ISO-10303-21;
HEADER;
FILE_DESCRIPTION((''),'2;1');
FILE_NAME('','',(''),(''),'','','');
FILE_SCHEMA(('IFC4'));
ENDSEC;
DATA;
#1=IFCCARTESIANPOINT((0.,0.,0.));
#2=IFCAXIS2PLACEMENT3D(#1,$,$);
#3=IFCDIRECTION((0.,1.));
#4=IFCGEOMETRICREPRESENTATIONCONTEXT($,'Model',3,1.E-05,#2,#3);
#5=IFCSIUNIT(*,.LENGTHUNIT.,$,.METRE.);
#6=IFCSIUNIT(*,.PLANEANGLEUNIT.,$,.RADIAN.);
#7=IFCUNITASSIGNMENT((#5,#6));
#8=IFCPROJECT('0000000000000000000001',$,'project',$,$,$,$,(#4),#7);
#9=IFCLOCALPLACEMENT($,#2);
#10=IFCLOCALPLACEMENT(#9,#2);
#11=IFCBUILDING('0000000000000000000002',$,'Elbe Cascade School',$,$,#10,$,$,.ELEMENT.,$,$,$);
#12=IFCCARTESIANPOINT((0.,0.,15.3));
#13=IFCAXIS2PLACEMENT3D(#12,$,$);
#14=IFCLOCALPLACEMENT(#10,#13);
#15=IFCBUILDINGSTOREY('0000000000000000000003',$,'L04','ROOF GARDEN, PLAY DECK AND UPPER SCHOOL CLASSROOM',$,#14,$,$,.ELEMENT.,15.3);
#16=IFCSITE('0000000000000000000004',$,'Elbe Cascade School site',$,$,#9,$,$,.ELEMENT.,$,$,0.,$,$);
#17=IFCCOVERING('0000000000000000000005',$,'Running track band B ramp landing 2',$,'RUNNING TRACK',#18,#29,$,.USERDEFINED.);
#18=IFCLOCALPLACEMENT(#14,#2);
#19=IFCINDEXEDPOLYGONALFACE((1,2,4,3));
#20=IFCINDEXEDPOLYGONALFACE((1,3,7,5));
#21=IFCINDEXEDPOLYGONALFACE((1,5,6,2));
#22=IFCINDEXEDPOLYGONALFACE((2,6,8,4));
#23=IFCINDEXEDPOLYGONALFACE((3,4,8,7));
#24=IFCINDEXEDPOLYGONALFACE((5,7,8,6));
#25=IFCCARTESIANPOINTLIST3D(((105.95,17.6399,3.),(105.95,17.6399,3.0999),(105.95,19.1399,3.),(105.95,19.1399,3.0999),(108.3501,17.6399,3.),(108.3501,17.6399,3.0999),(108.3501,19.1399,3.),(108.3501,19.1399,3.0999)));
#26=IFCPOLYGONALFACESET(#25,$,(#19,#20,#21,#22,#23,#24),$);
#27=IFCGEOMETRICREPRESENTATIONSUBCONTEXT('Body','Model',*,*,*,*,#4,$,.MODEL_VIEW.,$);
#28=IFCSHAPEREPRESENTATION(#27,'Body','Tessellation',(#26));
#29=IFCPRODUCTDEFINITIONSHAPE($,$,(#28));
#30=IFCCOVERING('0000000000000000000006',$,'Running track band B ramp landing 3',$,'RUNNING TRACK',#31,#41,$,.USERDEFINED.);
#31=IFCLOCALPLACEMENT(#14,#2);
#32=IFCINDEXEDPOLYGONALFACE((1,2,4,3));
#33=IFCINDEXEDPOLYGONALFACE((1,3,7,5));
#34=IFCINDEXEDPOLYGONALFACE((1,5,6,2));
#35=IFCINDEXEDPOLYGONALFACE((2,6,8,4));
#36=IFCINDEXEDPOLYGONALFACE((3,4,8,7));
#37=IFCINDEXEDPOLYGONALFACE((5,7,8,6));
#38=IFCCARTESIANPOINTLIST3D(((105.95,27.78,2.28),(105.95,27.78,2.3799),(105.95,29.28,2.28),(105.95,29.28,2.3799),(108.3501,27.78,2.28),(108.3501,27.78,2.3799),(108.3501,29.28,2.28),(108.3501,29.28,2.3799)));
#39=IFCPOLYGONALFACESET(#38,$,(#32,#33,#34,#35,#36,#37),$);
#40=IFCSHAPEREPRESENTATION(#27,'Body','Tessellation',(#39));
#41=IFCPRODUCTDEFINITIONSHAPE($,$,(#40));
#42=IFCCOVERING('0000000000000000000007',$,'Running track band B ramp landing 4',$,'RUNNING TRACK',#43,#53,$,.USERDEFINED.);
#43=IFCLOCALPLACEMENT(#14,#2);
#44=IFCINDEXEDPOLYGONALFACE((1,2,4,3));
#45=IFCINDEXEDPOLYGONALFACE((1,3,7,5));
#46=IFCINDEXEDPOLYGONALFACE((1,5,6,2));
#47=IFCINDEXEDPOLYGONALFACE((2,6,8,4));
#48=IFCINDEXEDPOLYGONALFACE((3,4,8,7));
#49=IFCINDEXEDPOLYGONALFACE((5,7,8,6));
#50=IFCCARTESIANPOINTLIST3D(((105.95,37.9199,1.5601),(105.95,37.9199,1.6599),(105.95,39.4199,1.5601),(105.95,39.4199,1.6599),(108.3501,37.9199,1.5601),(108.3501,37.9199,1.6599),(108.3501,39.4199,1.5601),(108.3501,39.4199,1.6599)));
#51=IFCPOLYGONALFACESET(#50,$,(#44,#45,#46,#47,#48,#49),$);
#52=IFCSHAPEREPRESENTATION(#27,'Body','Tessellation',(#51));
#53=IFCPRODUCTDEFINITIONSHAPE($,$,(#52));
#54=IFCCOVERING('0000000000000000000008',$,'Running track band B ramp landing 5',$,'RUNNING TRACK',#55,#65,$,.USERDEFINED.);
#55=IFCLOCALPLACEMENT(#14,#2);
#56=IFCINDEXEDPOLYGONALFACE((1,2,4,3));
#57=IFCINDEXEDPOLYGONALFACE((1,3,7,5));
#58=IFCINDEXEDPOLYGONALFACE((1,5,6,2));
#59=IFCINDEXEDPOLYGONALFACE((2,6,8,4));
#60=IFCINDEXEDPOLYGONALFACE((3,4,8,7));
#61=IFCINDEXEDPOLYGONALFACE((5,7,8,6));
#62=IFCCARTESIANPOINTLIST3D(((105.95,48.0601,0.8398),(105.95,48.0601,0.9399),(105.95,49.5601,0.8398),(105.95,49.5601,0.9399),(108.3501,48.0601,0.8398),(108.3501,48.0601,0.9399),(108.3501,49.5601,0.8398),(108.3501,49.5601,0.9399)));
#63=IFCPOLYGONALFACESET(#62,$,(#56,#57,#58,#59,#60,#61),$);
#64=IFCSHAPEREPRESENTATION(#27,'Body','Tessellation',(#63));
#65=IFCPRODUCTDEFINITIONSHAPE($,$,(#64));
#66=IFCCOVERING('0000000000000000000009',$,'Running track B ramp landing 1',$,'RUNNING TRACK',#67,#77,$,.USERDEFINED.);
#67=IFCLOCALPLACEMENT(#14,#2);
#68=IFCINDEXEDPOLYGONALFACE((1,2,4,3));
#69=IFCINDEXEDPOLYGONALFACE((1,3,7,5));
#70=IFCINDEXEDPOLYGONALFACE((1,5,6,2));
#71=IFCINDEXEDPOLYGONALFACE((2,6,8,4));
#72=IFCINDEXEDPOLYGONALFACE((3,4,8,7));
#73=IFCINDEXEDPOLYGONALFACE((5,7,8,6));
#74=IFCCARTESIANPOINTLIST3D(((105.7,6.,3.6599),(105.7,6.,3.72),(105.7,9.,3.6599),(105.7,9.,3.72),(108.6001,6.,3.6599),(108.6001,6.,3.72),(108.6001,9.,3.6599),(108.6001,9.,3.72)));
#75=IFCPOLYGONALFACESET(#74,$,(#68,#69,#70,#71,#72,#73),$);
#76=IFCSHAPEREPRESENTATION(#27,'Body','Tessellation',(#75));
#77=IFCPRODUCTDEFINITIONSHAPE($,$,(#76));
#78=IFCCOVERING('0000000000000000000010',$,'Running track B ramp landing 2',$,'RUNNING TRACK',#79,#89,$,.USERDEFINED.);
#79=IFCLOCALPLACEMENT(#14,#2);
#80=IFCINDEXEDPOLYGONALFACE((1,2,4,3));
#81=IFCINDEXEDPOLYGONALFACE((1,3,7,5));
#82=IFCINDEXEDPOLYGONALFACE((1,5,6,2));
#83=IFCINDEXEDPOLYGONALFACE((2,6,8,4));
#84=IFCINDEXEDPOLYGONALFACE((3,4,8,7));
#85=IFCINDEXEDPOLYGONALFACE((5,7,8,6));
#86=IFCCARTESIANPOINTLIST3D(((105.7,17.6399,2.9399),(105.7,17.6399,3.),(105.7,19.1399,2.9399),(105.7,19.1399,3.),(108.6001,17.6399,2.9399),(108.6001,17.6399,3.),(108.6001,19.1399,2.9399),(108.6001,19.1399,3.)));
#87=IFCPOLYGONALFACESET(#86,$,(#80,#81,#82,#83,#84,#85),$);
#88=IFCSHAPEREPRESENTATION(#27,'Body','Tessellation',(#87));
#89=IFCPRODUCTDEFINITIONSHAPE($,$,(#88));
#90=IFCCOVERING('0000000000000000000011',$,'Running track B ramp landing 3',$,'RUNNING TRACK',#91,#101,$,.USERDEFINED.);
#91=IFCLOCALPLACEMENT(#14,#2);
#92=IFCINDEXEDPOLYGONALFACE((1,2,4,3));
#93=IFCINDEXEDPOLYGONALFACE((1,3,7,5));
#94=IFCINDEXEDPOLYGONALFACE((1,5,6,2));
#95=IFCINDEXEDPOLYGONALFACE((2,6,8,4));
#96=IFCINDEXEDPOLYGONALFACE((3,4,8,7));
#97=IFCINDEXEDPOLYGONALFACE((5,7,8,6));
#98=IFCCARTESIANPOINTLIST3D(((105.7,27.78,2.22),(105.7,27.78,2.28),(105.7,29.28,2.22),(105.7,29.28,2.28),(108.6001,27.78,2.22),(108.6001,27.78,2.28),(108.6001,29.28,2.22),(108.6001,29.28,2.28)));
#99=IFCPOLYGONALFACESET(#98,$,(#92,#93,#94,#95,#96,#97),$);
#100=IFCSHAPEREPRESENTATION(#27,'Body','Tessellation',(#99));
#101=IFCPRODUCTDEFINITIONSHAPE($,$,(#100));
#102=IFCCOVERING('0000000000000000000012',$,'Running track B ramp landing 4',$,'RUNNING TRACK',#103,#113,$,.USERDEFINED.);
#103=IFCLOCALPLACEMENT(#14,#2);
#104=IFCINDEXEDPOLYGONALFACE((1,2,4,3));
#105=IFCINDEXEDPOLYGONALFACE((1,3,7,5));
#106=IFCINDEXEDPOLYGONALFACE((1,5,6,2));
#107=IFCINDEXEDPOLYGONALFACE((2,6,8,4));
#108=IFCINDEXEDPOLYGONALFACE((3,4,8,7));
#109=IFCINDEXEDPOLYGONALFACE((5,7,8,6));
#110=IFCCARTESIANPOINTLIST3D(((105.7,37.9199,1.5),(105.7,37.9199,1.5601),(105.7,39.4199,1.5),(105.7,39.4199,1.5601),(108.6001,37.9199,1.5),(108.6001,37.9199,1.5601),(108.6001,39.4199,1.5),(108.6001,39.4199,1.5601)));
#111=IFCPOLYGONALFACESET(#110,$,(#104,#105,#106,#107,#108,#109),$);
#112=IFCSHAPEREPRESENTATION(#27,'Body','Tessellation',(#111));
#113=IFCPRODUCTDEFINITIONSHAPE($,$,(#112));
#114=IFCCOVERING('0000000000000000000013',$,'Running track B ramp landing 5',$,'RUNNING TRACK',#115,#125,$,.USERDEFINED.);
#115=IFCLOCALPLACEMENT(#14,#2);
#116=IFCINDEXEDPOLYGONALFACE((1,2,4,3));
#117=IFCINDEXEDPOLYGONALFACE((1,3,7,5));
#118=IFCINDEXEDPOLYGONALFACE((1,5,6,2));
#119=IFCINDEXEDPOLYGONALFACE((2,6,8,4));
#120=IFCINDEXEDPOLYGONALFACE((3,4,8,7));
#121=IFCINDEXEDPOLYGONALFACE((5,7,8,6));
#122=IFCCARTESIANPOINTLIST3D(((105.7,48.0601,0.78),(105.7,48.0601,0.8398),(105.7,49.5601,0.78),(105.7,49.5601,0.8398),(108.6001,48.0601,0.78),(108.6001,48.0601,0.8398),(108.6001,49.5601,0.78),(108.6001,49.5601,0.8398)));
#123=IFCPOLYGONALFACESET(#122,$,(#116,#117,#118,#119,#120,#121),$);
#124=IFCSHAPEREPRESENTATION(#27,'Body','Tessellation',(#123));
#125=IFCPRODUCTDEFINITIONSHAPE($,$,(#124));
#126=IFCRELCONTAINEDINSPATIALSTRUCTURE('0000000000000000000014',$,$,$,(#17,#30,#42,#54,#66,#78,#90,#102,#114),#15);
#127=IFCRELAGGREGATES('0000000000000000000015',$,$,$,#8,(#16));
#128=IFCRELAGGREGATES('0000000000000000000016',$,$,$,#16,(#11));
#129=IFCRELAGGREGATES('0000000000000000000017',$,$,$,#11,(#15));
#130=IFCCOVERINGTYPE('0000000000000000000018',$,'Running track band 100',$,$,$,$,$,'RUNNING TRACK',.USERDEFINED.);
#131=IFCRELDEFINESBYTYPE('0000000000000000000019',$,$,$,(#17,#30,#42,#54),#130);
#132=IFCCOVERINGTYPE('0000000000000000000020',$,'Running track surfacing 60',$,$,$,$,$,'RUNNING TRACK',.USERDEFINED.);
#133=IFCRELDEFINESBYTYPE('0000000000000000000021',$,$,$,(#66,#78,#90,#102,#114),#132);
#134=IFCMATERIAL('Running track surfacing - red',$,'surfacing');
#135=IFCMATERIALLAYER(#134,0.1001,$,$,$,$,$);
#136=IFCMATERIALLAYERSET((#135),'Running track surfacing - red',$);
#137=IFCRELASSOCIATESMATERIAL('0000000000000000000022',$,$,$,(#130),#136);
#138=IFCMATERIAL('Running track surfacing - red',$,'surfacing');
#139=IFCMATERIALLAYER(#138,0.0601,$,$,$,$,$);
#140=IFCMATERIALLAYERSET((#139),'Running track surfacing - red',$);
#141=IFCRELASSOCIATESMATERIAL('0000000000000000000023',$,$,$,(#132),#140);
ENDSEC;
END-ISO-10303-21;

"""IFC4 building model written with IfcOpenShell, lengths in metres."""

from ifc_helpers import new_model, si_unit, direction, frame, origin, place, context, subcontext, project, spatial, polyline, outline, extrude, material, layer, layer_set, type_object, element, save


model = new_model("IFC4")

# Units and contexts
model_context = context("Model", 3, precision=1e-05, world=origin(), true_north=direction((0.0, 1.0)))
body_context = subcontext(model_context, "Body", "Model", "MODEL_VIEW")
ifc_project = project(units=[si_unit("LENGTHUNIT", "METRE"), si_unit("PLANEANGLEUNIT", "RADIAN")], contexts=[model_context])

# Site, building, storey
site_placement = place(None, origin())
site = spatial("IfcSite", under=ifc_project, at=site_placement, Name="Elbe Cascade School site", CompositionType="ELEMENT", RefElevation=0.0)
building_placement = place(site_placement, origin())
building = spatial("IfcBuilding", under=site, at=building_placement, Name="Elbe Cascade School", CompositionType="ELEMENT")
storey_placement = place(building_placement, frame((0.0, 0.0, 15.3)))
storey = spatial("IfcBuildingStorey", under=building, at=storey_placement, Name="L04", Description="ROOF GARDEN, PLAY DECK AND UPPER SCHOOL CLASSROOM", CompositionType="ELEMENT", Elevation=15.3)

# Coverings
ifc_material_1 = material(Name="Running track surfacing - red", Category="surfacing")
ifc_layer_1 = layer(ifc_material_1, 0.1001)
ifc_layer_set_1 = layer_set([ifc_layer_1], Name="Running track surfacing - red")
covering_type_1 = type_object("IfcCoveringType", Name="Running track band 100", ElementType="RUNNING TRACK", PredefinedType="USERDEFINED", material=ifc_layer_set_1)
covering_1_placement = place(storey_placement, frame((0.0, 0.0, 3.0)))
element("IfcCovering", 1, at=covering_1_placement, inside=storey, type_object=covering_type_1, Name="Running track band B ramp landing 2", ObjectType="RUNNING TRACK", PredefinedType="USERDEFINED", context=body_context, shape_type="SweptSolid", body=[
    extrude(outline(polyline([(108.3501, 17.6399), (108.3501, 19.1399), (105.95, 19.1399), (105.95, 17.6399), (108.3501, 17.6399)])), origin(), (0.0, 0.0, 1.0), 0.0999),
])
covering_2_placement = place(storey_placement, frame((0.0, 0.0, 2.28)))
element("IfcCovering", 2, at=covering_2_placement, inside=storey, type_object=covering_type_1, Name="Running track band B ramp landing 3", ObjectType="RUNNING TRACK", PredefinedType="USERDEFINED", context=body_context, shape_type="SweptSolid", body=[
    extrude(outline(polyline([(108.3501, 27.78), (108.3501, 29.28), (105.95, 29.28), (105.95, 27.78), (108.3501, 27.78)])), origin(), (0.0, 0.0, 1.0), 0.0999),
])
covering_3_placement = place(storey_placement, frame((0.0, 0.0, 1.5601)))
element("IfcCovering", 3, at=covering_3_placement, inside=storey, type_object=covering_type_1, Name="Running track band B ramp landing 4", ObjectType="RUNNING TRACK", PredefinedType="USERDEFINED", context=body_context, shape_type="SweptSolid", body=[
    extrude(outline(polyline([(108.3501, 37.9199), (108.3501, 39.4199), (105.95, 39.4199), (105.95, 37.9199), (108.3501, 37.9199)])), origin(), (0.0, 0.0, 1.0), 0.0999),
])
covering_4_placement = place(storey_placement, frame((0.0, 0.0, 0.8398)))
element("IfcCovering", 4, at=covering_4_placement, inside=storey, type_object=covering_type_1, Name="Running track band B ramp landing 5", ObjectType="RUNNING TRACK", PredefinedType="USERDEFINED", context=body_context, shape_type="SweptSolid", body=[
    extrude(outline(polyline([(108.3501, 48.0601), (108.3501, 49.5601), (105.95, 49.5601), (105.95, 48.0601), (108.3501, 48.0601)])), origin(), (0.0, 0.0, 1.0), 0.1001),
])
ifc_material_2 = material(Name="Running track surfacing - red", Category="surfacing")
ifc_layer_2 = layer(ifc_material_2, 0.0601)
ifc_layer_set_2 = layer_set([ifc_layer_2], Name="Running track surfacing - red")
covering_type_2 = type_object("IfcCoveringType", Name="Running track surfacing 60", ElementType="RUNNING TRACK", PredefinedType="USERDEFINED", material=ifc_layer_set_2)
covering_5_placement = place(storey_placement, frame((0.0, 0.0, 3.6599)))
element("IfcCovering", 5, at=covering_5_placement, inside=storey, type_object=covering_type_2, Name="Running track B ramp landing 1", ObjectType="RUNNING TRACK", PredefinedType="USERDEFINED", context=body_context, shape_type="SweptSolid", body=[
    extrude(outline(polyline([(108.6001, 6.0), (108.6001, 9.0), (105.7, 9.0), (105.7, 6.0), (108.6001, 6.0)])), origin(), (0.0, 0.0, 1.0), 0.0601),
])
covering_6_placement = place(storey_placement, frame((0.0, 0.0, 2.9399)))
element("IfcCovering", 6, at=covering_6_placement, inside=storey, type_object=covering_type_2, Name="Running track B ramp landing 2", ObjectType="RUNNING TRACK", PredefinedType="USERDEFINED", context=body_context, shape_type="SweptSolid", body=[
    extrude(outline(polyline([(108.6001, 17.6399), (108.6001, 19.1399), (105.7, 19.1399), (105.7, 17.6399), (108.6001, 17.6399)])), origin(), (0.0, 0.0, 1.0), 0.0601),
])
covering_7_placement = place(storey_placement, frame((0.0, 0.0, 2.22)))
element("IfcCovering", 7, at=covering_7_placement, inside=storey, type_object=covering_type_2, Name="Running track B ramp landing 3", ObjectType="RUNNING TRACK", PredefinedType="USERDEFINED", context=body_context, shape_type="SweptSolid", body=[
    extrude(outline(polyline([(108.6001, 27.78), (108.6001, 29.28), (105.7, 29.28), (105.7, 27.78), (108.6001, 27.78)])), origin(), (0.0, 0.0, 1.0), 0.0601),
])
covering_8_placement = place(storey_placement, frame((0.0, 0.0, 1.5)))
element("IfcCovering", 8, at=covering_8_placement, inside=storey, type_object=covering_type_2, Name="Running track B ramp landing 4", ObjectType="RUNNING TRACK", PredefinedType="USERDEFINED", context=body_context, shape_type="SweptSolid", body=[
    extrude(outline(polyline([(108.6001, 37.9199), (108.6001, 39.4199), (105.7, 39.4199), (105.7, 37.9199), (108.6001, 37.9199)])), origin(), (0.0, 0.0, 1.0), 0.0601),
])
covering_9_placement = place(storey_placement, frame((0.0, 0.0, 0.78)))
element("IfcCovering", 9, at=covering_9_placement, inside=storey, type_object=covering_type_2, Name="Running track B ramp landing 5", ObjectType="RUNNING TRACK", PredefinedType="USERDEFINED", context=body_context, shape_type="SweptSolid", body=[
    extrude(outline(polyline([(108.6001, 48.0601), (108.6001, 49.5601), (105.7, 49.5601), (105.7, 48.0601), (108.6001, 48.0601)])), origin(), (0.0, 0.0, 1.0), 0.0598),
])

save(model, "model.ifc")
